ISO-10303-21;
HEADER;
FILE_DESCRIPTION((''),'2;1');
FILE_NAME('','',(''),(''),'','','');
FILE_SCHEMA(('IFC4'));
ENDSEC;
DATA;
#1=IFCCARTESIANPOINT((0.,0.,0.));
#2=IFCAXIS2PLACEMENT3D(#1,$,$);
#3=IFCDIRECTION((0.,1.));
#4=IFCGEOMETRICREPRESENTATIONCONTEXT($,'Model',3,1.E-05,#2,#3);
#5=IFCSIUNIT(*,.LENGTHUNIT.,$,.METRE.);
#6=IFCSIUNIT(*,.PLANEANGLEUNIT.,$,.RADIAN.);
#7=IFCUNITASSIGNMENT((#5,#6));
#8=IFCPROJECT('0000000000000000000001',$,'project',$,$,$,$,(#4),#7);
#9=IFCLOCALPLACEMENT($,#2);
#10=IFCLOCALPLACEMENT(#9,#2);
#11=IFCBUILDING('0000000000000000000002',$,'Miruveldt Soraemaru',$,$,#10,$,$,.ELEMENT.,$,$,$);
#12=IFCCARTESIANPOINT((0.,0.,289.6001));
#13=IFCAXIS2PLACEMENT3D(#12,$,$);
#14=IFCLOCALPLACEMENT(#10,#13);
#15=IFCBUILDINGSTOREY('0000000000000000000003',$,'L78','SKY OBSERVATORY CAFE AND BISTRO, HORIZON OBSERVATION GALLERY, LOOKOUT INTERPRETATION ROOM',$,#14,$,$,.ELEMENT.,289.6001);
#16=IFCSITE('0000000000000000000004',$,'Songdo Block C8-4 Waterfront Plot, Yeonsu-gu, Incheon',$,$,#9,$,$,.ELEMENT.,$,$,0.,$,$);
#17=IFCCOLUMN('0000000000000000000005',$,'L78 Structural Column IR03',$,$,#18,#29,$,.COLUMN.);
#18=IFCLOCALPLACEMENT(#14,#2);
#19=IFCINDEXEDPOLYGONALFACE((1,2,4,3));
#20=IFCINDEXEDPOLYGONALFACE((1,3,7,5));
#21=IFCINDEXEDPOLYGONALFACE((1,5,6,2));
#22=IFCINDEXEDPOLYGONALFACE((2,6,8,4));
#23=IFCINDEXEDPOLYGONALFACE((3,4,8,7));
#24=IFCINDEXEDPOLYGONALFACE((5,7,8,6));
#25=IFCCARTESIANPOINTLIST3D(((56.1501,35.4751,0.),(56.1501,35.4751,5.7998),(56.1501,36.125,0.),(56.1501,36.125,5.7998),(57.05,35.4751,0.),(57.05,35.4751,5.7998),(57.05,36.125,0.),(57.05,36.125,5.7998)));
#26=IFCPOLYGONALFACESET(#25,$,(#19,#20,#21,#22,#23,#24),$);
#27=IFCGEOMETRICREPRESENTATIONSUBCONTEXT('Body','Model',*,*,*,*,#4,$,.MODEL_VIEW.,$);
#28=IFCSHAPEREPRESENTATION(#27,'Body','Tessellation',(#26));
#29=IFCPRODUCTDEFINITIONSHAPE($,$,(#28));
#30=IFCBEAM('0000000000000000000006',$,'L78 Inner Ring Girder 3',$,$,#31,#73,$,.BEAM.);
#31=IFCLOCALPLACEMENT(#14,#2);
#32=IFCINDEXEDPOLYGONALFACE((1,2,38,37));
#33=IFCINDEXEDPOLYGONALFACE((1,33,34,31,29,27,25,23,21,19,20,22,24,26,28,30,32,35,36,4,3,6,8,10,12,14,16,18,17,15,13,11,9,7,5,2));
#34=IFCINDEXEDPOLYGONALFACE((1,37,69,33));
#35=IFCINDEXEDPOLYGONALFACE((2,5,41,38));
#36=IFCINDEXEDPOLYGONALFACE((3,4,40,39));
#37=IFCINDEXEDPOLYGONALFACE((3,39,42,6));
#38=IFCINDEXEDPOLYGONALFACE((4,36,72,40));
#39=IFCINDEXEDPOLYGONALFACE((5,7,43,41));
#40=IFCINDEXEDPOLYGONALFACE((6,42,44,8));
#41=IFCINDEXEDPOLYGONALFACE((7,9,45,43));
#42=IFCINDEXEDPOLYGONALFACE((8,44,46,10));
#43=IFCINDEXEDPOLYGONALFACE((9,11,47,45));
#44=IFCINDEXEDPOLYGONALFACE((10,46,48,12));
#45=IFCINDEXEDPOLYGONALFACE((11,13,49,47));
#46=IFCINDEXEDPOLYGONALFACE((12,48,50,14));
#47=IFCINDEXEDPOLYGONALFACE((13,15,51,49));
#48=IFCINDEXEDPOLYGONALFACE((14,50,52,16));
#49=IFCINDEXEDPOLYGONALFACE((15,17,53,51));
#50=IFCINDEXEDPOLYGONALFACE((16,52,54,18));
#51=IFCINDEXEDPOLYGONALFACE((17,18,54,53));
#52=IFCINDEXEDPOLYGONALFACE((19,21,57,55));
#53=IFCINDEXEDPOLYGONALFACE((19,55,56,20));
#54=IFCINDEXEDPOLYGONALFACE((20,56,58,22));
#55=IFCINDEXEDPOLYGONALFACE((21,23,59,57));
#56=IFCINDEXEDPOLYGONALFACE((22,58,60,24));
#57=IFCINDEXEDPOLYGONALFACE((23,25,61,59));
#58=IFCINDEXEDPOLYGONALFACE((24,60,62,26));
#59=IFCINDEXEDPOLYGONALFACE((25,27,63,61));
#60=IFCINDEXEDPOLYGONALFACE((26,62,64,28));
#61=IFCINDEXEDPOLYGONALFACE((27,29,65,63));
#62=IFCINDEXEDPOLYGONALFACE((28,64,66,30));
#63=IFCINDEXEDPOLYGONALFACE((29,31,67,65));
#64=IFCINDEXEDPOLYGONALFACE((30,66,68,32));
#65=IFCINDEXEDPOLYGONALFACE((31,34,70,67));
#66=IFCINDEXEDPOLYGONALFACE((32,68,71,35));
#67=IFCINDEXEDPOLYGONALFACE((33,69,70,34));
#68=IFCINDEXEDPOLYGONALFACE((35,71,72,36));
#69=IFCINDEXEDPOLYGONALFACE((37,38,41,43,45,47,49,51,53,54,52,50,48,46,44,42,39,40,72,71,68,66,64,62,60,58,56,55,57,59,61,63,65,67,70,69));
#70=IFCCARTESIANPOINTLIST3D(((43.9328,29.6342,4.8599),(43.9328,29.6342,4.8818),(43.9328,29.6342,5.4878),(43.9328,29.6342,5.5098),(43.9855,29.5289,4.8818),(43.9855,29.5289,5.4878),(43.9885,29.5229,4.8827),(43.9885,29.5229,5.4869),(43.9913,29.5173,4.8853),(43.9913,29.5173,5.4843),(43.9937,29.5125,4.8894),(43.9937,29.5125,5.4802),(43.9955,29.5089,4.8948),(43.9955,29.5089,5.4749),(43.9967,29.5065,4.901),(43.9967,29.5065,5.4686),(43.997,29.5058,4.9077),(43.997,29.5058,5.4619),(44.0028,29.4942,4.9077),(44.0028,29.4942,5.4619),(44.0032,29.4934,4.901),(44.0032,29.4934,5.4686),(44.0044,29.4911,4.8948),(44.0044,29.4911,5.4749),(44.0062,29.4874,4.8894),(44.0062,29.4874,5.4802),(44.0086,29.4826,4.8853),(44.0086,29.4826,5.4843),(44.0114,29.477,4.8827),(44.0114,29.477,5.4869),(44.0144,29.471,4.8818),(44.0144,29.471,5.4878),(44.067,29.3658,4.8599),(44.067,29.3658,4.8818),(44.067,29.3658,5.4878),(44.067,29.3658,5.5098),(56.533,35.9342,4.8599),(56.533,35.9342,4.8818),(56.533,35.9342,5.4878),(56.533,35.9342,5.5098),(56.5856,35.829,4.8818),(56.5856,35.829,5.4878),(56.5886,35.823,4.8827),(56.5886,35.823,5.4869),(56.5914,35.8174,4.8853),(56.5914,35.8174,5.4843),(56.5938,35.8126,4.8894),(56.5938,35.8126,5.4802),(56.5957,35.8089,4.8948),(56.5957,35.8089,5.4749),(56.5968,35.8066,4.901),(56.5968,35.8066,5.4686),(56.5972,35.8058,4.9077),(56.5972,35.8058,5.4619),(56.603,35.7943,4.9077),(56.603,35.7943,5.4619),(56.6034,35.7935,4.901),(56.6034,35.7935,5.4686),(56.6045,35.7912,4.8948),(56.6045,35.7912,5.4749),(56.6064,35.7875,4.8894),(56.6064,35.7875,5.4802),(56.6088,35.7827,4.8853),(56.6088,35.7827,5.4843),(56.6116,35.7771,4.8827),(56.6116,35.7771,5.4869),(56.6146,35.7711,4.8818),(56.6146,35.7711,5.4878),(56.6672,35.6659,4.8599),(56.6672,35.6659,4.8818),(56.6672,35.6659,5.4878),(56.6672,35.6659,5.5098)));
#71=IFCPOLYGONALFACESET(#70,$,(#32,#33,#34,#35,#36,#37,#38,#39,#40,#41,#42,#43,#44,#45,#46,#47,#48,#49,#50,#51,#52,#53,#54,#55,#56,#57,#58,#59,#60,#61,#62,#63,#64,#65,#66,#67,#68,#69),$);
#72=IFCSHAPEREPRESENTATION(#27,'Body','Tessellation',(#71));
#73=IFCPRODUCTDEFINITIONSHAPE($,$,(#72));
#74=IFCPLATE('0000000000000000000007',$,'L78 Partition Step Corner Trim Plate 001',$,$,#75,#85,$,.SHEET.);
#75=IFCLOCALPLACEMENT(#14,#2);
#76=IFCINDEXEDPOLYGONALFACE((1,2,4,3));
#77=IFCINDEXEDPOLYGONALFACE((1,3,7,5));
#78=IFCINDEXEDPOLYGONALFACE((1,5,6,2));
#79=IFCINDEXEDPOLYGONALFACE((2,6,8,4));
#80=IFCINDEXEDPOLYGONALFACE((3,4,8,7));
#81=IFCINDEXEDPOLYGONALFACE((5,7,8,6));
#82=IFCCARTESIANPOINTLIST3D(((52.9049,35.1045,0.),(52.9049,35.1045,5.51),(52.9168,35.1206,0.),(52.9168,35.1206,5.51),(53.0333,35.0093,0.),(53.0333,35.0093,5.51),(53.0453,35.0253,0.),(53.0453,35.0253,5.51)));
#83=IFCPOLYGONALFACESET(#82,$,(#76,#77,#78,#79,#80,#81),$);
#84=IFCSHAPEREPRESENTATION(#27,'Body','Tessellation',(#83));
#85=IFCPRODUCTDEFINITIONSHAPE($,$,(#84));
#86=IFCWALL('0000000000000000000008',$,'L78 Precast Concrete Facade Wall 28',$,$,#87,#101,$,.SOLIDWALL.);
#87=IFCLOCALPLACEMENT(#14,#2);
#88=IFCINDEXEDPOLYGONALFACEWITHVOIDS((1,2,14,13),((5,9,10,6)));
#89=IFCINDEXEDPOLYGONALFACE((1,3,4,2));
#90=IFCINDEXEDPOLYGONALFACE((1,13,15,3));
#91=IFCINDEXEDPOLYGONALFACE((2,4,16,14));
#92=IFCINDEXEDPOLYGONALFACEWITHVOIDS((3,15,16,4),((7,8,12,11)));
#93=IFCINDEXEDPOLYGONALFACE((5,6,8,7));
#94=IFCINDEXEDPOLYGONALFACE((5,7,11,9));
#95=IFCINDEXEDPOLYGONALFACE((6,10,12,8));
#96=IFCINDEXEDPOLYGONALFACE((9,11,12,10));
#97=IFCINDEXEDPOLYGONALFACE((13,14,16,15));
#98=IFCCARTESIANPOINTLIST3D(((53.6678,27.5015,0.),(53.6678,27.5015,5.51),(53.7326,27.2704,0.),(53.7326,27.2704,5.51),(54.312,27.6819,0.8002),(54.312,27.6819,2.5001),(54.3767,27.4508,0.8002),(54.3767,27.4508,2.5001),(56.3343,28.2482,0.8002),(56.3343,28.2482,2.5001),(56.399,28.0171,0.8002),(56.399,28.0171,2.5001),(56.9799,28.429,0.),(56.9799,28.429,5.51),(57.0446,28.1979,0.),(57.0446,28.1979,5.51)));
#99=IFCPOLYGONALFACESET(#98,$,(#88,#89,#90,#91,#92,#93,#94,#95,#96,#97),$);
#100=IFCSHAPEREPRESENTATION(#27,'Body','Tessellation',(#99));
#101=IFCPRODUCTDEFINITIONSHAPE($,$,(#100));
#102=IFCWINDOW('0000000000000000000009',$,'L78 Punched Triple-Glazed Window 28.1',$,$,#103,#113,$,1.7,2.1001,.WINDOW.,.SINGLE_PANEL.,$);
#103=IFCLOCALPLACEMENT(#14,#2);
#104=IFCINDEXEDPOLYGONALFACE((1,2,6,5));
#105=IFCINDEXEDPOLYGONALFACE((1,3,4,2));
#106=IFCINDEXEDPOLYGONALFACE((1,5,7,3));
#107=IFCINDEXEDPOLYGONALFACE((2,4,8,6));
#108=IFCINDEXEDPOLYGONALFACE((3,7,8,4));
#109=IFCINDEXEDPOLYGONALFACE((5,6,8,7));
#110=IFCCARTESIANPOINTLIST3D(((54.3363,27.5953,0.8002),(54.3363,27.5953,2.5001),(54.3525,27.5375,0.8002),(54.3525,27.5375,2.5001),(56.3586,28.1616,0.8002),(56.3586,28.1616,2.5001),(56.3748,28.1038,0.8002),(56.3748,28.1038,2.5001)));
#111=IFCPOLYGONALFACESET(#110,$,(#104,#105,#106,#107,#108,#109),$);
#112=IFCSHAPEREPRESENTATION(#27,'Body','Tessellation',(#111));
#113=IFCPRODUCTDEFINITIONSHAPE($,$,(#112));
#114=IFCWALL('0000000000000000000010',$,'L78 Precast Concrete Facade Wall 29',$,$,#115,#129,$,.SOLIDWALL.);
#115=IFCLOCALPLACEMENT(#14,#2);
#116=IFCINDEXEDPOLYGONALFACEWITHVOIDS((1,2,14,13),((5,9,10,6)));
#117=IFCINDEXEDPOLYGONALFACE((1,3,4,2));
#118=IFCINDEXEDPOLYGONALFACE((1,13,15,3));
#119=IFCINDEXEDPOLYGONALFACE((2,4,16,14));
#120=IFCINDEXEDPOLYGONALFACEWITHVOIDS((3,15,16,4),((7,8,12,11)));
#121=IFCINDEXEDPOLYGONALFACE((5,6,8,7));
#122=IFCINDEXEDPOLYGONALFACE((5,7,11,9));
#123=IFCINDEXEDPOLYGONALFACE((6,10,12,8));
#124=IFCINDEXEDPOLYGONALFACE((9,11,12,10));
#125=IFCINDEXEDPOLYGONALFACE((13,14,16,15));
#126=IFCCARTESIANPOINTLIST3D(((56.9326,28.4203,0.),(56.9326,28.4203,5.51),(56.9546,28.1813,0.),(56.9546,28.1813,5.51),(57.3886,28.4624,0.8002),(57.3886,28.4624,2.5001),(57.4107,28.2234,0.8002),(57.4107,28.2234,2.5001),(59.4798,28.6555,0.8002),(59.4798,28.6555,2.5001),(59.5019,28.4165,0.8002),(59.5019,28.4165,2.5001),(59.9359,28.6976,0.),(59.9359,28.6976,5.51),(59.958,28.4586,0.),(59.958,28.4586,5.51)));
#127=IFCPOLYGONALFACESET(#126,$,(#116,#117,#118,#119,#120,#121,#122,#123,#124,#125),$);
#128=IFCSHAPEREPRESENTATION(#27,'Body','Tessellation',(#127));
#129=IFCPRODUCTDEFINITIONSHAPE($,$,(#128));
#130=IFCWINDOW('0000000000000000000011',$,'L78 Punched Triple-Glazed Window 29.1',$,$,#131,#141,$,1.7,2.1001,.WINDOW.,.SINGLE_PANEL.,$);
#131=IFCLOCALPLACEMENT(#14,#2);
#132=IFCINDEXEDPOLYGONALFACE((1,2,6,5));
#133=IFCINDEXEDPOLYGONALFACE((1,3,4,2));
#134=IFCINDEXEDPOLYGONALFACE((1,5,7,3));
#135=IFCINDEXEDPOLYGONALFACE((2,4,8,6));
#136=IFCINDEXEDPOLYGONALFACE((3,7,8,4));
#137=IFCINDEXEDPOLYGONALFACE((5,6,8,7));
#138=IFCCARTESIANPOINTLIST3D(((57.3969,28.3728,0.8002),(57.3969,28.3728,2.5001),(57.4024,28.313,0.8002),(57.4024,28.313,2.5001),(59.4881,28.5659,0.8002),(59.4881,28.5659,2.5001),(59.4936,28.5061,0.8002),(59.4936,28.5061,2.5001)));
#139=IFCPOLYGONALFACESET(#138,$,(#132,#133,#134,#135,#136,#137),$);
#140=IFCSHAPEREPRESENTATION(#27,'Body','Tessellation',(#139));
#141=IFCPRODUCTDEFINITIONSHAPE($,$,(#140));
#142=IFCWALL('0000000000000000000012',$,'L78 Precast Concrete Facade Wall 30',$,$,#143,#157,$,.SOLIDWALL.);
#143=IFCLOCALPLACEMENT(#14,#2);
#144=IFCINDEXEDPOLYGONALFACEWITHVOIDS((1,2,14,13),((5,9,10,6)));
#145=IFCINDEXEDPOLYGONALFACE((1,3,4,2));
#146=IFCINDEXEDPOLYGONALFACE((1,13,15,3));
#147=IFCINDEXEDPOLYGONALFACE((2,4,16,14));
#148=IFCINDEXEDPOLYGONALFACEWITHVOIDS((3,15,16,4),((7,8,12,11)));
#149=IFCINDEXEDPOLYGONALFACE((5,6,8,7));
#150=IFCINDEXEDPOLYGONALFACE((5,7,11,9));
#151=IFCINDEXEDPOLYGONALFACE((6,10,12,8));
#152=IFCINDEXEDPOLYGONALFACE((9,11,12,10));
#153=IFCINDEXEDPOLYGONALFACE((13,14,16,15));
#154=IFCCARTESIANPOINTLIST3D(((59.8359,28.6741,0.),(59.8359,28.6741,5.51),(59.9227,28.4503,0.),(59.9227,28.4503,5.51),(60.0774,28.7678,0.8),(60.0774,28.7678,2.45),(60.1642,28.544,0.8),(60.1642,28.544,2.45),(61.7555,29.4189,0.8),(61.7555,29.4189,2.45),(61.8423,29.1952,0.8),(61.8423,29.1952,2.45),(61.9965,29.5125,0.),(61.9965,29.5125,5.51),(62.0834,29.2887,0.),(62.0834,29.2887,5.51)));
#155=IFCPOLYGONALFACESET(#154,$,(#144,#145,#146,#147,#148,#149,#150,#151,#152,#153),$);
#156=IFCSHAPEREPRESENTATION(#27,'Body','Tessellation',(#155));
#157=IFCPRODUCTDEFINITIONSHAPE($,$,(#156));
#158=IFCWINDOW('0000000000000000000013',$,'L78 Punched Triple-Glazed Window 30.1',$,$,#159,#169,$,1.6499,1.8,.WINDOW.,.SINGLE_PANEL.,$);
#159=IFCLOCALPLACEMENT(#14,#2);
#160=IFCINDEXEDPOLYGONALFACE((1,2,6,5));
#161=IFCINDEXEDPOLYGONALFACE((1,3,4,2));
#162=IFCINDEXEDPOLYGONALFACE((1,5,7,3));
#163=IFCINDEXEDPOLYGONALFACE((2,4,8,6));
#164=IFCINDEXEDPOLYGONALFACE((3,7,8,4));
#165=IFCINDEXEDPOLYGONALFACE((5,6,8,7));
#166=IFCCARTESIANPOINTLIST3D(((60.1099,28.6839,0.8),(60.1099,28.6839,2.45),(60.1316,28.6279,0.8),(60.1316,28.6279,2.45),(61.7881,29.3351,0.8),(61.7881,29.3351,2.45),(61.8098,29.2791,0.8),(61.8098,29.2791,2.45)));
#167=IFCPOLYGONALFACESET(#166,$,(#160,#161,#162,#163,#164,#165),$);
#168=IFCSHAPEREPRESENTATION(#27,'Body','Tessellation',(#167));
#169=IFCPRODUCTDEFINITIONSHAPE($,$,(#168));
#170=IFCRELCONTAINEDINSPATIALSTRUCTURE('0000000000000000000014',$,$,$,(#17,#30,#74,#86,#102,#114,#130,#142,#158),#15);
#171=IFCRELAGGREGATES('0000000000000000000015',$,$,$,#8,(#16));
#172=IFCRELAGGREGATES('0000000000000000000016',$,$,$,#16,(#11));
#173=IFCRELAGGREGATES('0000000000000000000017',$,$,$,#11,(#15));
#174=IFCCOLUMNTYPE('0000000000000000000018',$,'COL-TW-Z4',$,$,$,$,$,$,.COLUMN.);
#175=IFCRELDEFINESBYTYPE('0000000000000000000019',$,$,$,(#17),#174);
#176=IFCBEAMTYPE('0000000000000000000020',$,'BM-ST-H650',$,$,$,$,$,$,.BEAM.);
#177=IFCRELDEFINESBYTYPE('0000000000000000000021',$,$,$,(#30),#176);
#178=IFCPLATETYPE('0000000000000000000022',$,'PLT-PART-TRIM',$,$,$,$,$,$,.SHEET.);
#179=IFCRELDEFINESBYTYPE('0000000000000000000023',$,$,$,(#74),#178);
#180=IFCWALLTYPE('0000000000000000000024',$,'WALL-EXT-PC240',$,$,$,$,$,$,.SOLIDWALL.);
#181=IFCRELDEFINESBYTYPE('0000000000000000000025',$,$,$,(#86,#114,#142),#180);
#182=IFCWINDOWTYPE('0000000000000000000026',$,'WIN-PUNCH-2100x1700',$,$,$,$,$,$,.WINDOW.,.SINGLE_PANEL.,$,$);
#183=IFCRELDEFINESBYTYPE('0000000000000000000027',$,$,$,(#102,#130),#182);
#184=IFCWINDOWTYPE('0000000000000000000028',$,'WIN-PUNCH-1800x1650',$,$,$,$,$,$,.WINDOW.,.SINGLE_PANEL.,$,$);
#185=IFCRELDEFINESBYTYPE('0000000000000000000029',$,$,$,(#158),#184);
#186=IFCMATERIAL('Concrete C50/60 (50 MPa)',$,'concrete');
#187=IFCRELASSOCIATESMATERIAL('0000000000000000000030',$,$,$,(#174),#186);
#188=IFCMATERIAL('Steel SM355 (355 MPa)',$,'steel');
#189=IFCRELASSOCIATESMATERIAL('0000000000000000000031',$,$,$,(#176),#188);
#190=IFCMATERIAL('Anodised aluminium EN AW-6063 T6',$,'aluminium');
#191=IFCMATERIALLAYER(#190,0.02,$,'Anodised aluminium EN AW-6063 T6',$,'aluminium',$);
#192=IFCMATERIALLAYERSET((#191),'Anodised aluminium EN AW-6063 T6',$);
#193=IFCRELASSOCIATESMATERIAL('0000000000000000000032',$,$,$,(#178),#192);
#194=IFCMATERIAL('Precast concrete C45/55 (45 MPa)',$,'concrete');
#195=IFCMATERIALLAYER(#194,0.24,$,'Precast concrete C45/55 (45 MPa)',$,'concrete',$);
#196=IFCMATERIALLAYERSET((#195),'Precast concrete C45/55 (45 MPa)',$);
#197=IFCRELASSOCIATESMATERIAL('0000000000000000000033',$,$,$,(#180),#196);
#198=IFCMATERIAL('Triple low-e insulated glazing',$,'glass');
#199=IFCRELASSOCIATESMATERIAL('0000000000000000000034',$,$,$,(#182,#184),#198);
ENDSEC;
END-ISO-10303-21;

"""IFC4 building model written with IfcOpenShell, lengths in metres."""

from ifc_helpers import new_model, si_unit, direction, frame, frame_2d, origin, origin_2d, place, context, subcontext, project, spatial, rectangle, i_section, extrude, material, layer, layer_set, material_profile, profile_set, type_object, element, fill, save


model = new_model("IFC4")

# Units and contexts
model_context = context("Model", 3, precision=1e-05, world=origin(), true_north=direction((0.0, 1.0)))
body_context = subcontext(model_context, "Body", "Model", "MODEL_VIEW")
ifc_project = project(units=[si_unit("LENGTHUNIT", "METRE"), si_unit("PLANEANGLEUNIT", "RADIAN")], contexts=[model_context])

# Site, building, storey
site_placement = place(None, origin())
site = spatial("IfcSite", under=ifc_project, at=site_placement, Name="Songdo Block C8-4 Waterfront Plot, Yeonsu-gu, Incheon", CompositionType="ELEMENT", RefElevation=0.0)
building_placement = place(site_placement, origin())
building = spatial("IfcBuilding", under=site, at=building_placement, Name="Miruveldt Soraemaru", CompositionType="ELEMENT")
storey_placement = place(building_placement, frame((0.0, 0.0, 289.6001)))
storey = spatial("IfcBuildingStorey", under=building, at=storey_placement, Name="L78", Description="SKY OBSERVATORY CAFE AND BISTRO, HORIZON OBSERVATION GALLERY, LOOKOUT INTERPRETATION ROOM", CompositionType="ELEMENT", Elevation=289.6001)

# Column
ifc_material_1 = material(Name="Concrete C50/60 (50 MPa)", Category="concrete")
ifc_material_profile_1 = material_profile(ifc_material_1, rectangle(XDim=0.8999, YDim=0.6499, at=origin_2d()), Name="Concrete C50/60 (50 MPa)", Category="concrete")
ifc_profile_set_1 = profile_set([ifc_material_profile_1], Name="Concrete C50/60 (50 MPa)")
column_type = type_object("IfcColumnType", Name="COL-TW-Z4", PredefinedType="COLUMN", material=ifc_profile_set_1)
column_placement = place(storey_placement, frame((56.6001, 35.8, 0.0), z_axis=(0.0, 0.0, 1.0), x_axis=(1.0, 0.0, 0.0)))
element("IfcColumn", 1, at=column_placement, inside=storey, type_object=column_type, Name="L78 Structural Column IR03", PredefinedType="COLUMN", context=body_context, shape_type="SweptSolid", body=[
    extrude(rectangle(XDim=0.8999, YDim=0.6499, at=origin_2d()), origin(), (0.0, 0.0, 1.0), 5.7998),
])

# Beam
ifc_material_2 = material(Name="Steel SM355 (355 MPa)", Category="steel")
ifc_material_profile_2 = material_profile(ifc_material_2, i_section(OverallWidth=0.3, OverallDepth=0.6499, WebThickness=0.0129, FlangeThickness=0.022, FilletRadius=0.0259, at=origin_2d()), Name="Steel SM355 (355 MPa)", Category="steel")
ifc_profile_set_2 = profile_set([ifc_material_profile_2], Name="Steel SM355 (355 MPa)")
beam_type = type_object("IfcBeamType", Name="BM-ST-H650", PredefinedType="BEAM", material=ifc_profile_set_2)
beam_placement = place(storey_placement, frame((56.6001, 35.8, 5.1848), z_axis=(-0.894427, -0.447214, 0.0), x_axis=(0.447214, -0.894427, 0.0)))
element("IfcBeam", 2, at=beam_placement, inside=storey, type_object=beam_type, Name="L78 Inner Ring Girder 3", PredefinedType="BEAM", context=body_context, shape_type="SweptSolid", body=[
    extrude(i_section(OverallWidth=0.3, OverallDepth=0.6499, WebThickness=0.0129, FlangeThickness=0.022, FilletRadius=0.0259, at=origin_2d()), origin(), (0.0, 0.0, 1.0), 14.0874),
])

# Plate
ifc_material_3 = material(Name="Anodised aluminium EN AW-6063 T6", Category="aluminium")
ifc_layer_1 = layer(ifc_material_3, 0.02, Name="Anodised aluminium EN AW-6063 T6", Category="aluminium")
ifc_layer_set_1 = layer_set([ifc_layer_1], Name="Anodised aluminium EN AW-6063 T6")
plate_type = type_object("IfcPlateType", Name="PLT-PART-TRIM", PredefinedType="SHEET", material=ifc_layer_set_1)
plate_placement = place(storey_placement, frame((52.9751, 35.0649, 0.0), z_axis=(0.0, 0.0, 1.0), x_axis=(-0.80313, 0.595804, 0.0)))
element("IfcPlate", 3, at=plate_placement, inside=storey, type_object=plate_type, Name="L78 Partition Step Corner Trim Plate 001", PredefinedType="SHEET", context=body_context, shape_type="SweptSolid", body=[
    extrude(rectangle(XDim=0.1599, YDim=0.02, at=origin_2d()), origin(), (0.0, 0.0, 1.0), 5.51),
])

# Walls, openings, windows
ifc_material_4 = material(Name="Precast concrete C45/55 (45 MPa)", Category="concrete")
ifc_layer_2 = layer(ifc_material_4, 0.24, Name="Precast concrete C45/55 (45 MPa)", Category="concrete")
ifc_layer_set_2 = layer_set([ifc_layer_2], Name="Precast concrete C45/55 (45 MPa)")
wall_type_1 = type_object("IfcWallType", Name="WALL-EXT-PC240", PredefinedType="SOLIDWALL", material=ifc_layer_set_2)
wall_1_placement = place(storey_placement, frame((53.7002, 27.386, 0.0), z_axis=(0.0, 0.0, 1.0), x_axis=(0.962954, 0.269664, 0.0)))
wall_1 = element("IfcWall", 4, at=wall_1_placement, inside=storey, type_object=wall_type_1, Name="L78 Precast Concrete Facade Wall 28", PredefinedType="SOLIDWALL", context=body_context, shape_type="SweptSolid", body=[
    extrude(rectangle(XDim=3.4395, YDim=0.24, at=frame_2d((1.7197, 0.0))), origin(), (0.0, 0.0, 1.0), 5.51),
])
opening_1_placement = place(wall_1_placement, frame((0.6689, 0.0, 0.8)))
opening_1 = element("IfcOpeningElement", 5, at=opening_1_placement, cuts=wall_1, PredefinedType="OPENING", context=body_context, shape_type="SweptSolid", body=[
    extrude(rectangle(XDim=2.1001, YDim=1.7, at=frame_2d((1.05, 0.8501))), frame((0.0, 0.1299, 0.0), z_axis=(0.0, -1.0, 0.0), x_axis=(1.0, 0.0, 0.0)), (0.0, 0.0, 1.0), 0.26),
])
ifc_material_5 = material(Name="Triple low-e insulated glazing", Category="glass")
window_type_1 = type_object("IfcWindowType", Name="WIN-PUNCH-2100x1700", PartitioningType="SINGLE_PANEL", PredefinedType="WINDOW", material=ifc_material_5)
window_1_placement = place(opening_1_placement, origin())
window_1 = element("IfcWindow", 6, at=window_1_placement, inside=storey, type_object=window_type_1, Name="L78 Punched Triple-Glazed Window 28.1", OverallHeight=1.7, OverallWidth=2.1001, PartitioningType="SINGLE_PANEL", PredefinedType="WINDOW", context=body_context, shape_type="SweptSolid", body=[
    extrude(rectangle(XDim=2.1001, YDim=1.7, at=frame_2d((1.05, 0.8501))), frame((0.0, 0.03, 0.0), z_axis=(0.0, -1.0, 0.0), x_axis=(1.0, 0.0, 0.0)), (0.0, 0.0, 1.0), 0.0601),
])
fill(opening_1, window_1)
wall_2_placement = place(storey_placement, frame((56.9436, 28.3008, 0.0), z_axis=(0.0, 0.0, 1.0), x_axis=(0.995763, 0.091951, 0.0)))
wall_2 = element("IfcWall", 7, at=wall_2_placement, inside=storey, type_object=wall_type_1, Name="L78 Precast Concrete Facade Wall 29", PredefinedType="SOLIDWALL", context=body_context, shape_type="SweptSolid", body=[
    extrude(rectangle(XDim=3.0161, YDim=0.24, at=frame_2d((1.5081, 0.0))), origin(), (0.0, 0.0, 1.0), 5.51),
])
opening_2_placement = place(wall_2_placement, frame((0.458, 0.0, 0.8)))
opening_2 = element("IfcOpeningElement", 8, at=opening_2_placement, cuts=wall_2, PredefinedType="OPENING", context=body_context, shape_type="SweptSolid", body=[
    extrude(rectangle(XDim=2.1001, YDim=1.7, at=frame_2d((1.05, 0.8501))), frame((0.0, 0.1299, 0.0), z_axis=(0.0, -1.0, 0.0), x_axis=(1.0, 0.0, 0.0)), (0.0, 0.0, 1.0), 0.26),
])
window_2_placement = place(opening_2_placement, origin())
window_2 = element("IfcWindow", 9, at=window_2_placement, inside=storey, type_object=window_type_1, Name="L78 Punched Triple-Glazed Window 29.1", OverallHeight=1.7, OverallWidth=2.1001, PartitioningType="SINGLE_PANEL", PredefinedType="WINDOW", context=body_context, shape_type="SweptSolid", body=[
    extrude(rectangle(XDim=2.1001, YDim=1.7, at=frame_2d((1.05, 0.8501))), frame((0.0, 0.03, 0.0), z_axis=(0.0, -1.0, 0.0), x_axis=(1.0, 0.0, 0.0)), (0.0, 0.0, 1.0), 0.0601),
])
fill(opening_2, window_2)
wall_3_placement = place(storey_placement, frame((59.8794, 28.5623, 0.0), z_axis=(0.0, 0.0, 1.0), x_axis=(0.932277, 0.361745, 0.0)))
wall_3 = element("IfcWall", 10, at=wall_3_placement, inside=storey, type_object=wall_type_1, Name="L78 Precast Concrete Facade Wall 30", PredefinedType="SOLIDWALL", context=body_context, shape_type="SweptSolid", body=[
    extrude(rectangle(XDim=2.3176, YDim=0.24, at=frame_2d((1.1587, 0.0))), origin(), (0.0, 0.0, 1.0), 5.51),
])
opening_3_placement = place(wall_3_placement, frame((0.259, 0.0, 0.8)))
opening_3 = element("IfcOpeningElement", 11, at=opening_3_placement, cuts=wall_3, PredefinedType="OPENING", context=body_context, shape_type="SweptSolid", body=[
    extrude(rectangle(XDim=1.8, YDim=1.6499, at=frame_2d((0.8999, 0.825))), frame((0.0, 0.1299, 0.0), z_axis=(0.0, -1.0, 0.0), x_axis=(1.0, 0.0, 0.0)), (0.0, 0.0, 1.0), 0.26),
])
window_type_2 = type_object("IfcWindowType", Name="WIN-PUNCH-1800x1650", PartitioningType="SINGLE_PANEL", PredefinedType="WINDOW", material=ifc_material_5)
window_3_placement = place(opening_3_placement, origin())
window_3 = element("IfcWindow", 12, at=window_3_placement, inside=storey, type_object=window_type_2, Name="L78 Punched Triple-Glazed Window 30.1", OverallHeight=1.6499, OverallWidth=1.8, PartitioningType="SINGLE_PANEL", PredefinedType="WINDOW", context=body_context, shape_type="SweptSolid", body=[
    extrude(rectangle(XDim=1.8, YDim=1.6499, at=frame_2d((0.8999, 0.825))), frame((0.0, 0.03, 0.0), z_axis=(0.0, -1.0, 0.0), x_axis=(1.0, 0.0, 0.0)), (0.0, 0.0, 1.0), 0.0601),
])
fill(opening_3, window_3)

save(model, "model.ifc")
